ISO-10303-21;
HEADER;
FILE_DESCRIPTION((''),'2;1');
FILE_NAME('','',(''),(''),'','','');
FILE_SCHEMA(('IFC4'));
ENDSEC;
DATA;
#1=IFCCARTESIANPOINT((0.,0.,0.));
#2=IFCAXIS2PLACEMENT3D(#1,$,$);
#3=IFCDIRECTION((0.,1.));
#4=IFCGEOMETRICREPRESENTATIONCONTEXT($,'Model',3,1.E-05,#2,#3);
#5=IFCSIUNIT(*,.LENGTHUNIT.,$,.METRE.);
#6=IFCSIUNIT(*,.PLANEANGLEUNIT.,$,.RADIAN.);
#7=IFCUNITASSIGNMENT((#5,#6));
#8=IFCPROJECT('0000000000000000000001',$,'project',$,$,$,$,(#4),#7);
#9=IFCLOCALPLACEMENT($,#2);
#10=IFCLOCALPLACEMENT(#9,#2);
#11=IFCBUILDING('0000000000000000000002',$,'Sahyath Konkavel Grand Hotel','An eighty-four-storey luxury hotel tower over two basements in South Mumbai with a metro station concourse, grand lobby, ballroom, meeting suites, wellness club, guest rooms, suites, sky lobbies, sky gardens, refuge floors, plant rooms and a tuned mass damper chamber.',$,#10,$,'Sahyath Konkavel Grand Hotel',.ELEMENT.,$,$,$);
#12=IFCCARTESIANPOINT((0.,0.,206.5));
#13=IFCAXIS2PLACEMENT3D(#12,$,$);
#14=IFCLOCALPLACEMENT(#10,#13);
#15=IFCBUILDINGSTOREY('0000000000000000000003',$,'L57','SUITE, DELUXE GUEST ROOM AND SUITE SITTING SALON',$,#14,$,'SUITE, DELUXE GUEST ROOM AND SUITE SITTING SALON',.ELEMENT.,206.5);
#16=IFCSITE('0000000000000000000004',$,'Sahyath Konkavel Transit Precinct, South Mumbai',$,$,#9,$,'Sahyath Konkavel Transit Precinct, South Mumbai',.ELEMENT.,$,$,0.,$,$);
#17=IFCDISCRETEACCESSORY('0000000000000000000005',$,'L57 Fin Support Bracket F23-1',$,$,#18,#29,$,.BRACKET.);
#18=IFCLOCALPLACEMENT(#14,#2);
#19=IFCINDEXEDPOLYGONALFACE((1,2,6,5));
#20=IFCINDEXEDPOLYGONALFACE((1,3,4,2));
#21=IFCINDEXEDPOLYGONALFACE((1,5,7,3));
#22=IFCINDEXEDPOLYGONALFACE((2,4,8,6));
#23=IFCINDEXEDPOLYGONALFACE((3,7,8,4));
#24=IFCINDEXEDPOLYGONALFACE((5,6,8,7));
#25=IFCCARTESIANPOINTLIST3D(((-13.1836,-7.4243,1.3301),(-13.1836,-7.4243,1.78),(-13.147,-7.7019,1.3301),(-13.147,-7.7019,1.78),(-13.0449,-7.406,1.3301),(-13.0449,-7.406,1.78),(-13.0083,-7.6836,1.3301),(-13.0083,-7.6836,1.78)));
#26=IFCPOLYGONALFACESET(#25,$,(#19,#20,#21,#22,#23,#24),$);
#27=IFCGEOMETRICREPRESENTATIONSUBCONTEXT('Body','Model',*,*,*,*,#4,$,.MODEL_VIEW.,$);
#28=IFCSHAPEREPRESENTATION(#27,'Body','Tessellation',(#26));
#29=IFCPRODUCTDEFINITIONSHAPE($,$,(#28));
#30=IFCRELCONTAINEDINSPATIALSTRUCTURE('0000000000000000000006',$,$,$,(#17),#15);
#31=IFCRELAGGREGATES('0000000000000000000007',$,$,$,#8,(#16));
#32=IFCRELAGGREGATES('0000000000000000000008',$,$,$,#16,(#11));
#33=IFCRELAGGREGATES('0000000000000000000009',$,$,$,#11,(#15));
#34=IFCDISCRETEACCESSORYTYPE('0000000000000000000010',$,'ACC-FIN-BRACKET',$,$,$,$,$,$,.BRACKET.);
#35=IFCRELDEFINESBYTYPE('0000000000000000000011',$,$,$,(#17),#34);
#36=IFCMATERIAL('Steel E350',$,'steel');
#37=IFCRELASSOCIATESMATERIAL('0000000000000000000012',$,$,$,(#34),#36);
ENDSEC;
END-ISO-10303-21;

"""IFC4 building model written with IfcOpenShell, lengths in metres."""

from ifc_helpers import new_model, si_unit, direction, frame, origin, origin_2d, place, context, subcontext, project, spatial, rectangle, extrude, source, transform, mapped, material, type_object, element, save


model = new_model("IFC4")

# Units and contexts
model_context = context("Model", 3, precision=1e-05, world=origin(), true_north=direction((0.0, 1.0)))
body_context = subcontext(model_context, "Body", "Model", "MODEL_VIEW")
ifc_project = project(units=[si_unit("LENGTHUNIT", "METRE"), si_unit("PLANEANGLEUNIT", "RADIAN")], contexts=[model_context])

# Site, building, storey
site_placement = place(None, origin())
site = spatial("IfcSite", under=ifc_project, at=site_placement, Name="Sahyath Konkavel Transit Precinct, South Mumbai", LongName="Sahyath Konkavel Transit Precinct, South Mumbai", CompositionType="ELEMENT", RefElevation=0.0)
building_placement = place(site_placement, origin())
building = spatial("IfcBuilding", under=site, at=building_placement, Name="Sahyath Konkavel Grand Hotel", Description="An eighty-four-storey luxury hotel tower over two basements in South Mumbai with a metro station concourse, grand lobby, ballroom, meeting suites, wellness club, guest rooms, suites, sky lobbies, sky gardens, refuge floors, plant rooms and a tuned mass damper chamber.", LongName="Sahyath Konkavel Grand Hotel", CompositionType="ELEMENT")
storey_placement = place(building_placement, frame((0.0, 0.0, 206.5)))
storey = spatial("IfcBuildingStorey", under=building, at=storey_placement, Name="L57", Description="SUITE, DELUXE GUEST ROOM AND SUITE SITTING SALON", LongName="SUITE, DELUXE GUEST ROOM AND SUITE SITTING SALON", CompositionType="ELEMENT", Elevation=206.5)

# Shared definitions
ifc_material_1 = material(Name="Steel E350", Category="steel")

# Discrete accessory
discrete_accessory_type = type_object("IfcDiscreteAccessoryType", Name="ACC-FIN-BRACKET", PredefinedType="BRACKET", material=ifc_material_1)
shared_shape_1 = source(origin(), body_context, "Body", "SweptSolid", [
    extrude(rectangle(XDim=0.28, YDim=0.1399, at=origin_2d()), origin(), (0.0, 0.0, 1.0), 0.45),
])
discrete_accessory_placement = place(storey_placement, frame((-13.0959, -7.554, 1.3301), z_axis=(0.0, 0.0, 1.0), x_axis=(0.130526, -0.991445, 0.0)))
element("IfcDiscreteAccessory", 1, at=discrete_accessory_placement, inside=storey, type_object=discrete_accessory_type, Name="L57 Fin Support Bracket F23-1", PredefinedType="BRACKET", context=body_context, shape_type="MappedRepresentation", body=[
    mapped(shared_shape_1, transform((0.0, 0.0, 0.0), scale=1.0)),
])

save(model, "model.ifc")
